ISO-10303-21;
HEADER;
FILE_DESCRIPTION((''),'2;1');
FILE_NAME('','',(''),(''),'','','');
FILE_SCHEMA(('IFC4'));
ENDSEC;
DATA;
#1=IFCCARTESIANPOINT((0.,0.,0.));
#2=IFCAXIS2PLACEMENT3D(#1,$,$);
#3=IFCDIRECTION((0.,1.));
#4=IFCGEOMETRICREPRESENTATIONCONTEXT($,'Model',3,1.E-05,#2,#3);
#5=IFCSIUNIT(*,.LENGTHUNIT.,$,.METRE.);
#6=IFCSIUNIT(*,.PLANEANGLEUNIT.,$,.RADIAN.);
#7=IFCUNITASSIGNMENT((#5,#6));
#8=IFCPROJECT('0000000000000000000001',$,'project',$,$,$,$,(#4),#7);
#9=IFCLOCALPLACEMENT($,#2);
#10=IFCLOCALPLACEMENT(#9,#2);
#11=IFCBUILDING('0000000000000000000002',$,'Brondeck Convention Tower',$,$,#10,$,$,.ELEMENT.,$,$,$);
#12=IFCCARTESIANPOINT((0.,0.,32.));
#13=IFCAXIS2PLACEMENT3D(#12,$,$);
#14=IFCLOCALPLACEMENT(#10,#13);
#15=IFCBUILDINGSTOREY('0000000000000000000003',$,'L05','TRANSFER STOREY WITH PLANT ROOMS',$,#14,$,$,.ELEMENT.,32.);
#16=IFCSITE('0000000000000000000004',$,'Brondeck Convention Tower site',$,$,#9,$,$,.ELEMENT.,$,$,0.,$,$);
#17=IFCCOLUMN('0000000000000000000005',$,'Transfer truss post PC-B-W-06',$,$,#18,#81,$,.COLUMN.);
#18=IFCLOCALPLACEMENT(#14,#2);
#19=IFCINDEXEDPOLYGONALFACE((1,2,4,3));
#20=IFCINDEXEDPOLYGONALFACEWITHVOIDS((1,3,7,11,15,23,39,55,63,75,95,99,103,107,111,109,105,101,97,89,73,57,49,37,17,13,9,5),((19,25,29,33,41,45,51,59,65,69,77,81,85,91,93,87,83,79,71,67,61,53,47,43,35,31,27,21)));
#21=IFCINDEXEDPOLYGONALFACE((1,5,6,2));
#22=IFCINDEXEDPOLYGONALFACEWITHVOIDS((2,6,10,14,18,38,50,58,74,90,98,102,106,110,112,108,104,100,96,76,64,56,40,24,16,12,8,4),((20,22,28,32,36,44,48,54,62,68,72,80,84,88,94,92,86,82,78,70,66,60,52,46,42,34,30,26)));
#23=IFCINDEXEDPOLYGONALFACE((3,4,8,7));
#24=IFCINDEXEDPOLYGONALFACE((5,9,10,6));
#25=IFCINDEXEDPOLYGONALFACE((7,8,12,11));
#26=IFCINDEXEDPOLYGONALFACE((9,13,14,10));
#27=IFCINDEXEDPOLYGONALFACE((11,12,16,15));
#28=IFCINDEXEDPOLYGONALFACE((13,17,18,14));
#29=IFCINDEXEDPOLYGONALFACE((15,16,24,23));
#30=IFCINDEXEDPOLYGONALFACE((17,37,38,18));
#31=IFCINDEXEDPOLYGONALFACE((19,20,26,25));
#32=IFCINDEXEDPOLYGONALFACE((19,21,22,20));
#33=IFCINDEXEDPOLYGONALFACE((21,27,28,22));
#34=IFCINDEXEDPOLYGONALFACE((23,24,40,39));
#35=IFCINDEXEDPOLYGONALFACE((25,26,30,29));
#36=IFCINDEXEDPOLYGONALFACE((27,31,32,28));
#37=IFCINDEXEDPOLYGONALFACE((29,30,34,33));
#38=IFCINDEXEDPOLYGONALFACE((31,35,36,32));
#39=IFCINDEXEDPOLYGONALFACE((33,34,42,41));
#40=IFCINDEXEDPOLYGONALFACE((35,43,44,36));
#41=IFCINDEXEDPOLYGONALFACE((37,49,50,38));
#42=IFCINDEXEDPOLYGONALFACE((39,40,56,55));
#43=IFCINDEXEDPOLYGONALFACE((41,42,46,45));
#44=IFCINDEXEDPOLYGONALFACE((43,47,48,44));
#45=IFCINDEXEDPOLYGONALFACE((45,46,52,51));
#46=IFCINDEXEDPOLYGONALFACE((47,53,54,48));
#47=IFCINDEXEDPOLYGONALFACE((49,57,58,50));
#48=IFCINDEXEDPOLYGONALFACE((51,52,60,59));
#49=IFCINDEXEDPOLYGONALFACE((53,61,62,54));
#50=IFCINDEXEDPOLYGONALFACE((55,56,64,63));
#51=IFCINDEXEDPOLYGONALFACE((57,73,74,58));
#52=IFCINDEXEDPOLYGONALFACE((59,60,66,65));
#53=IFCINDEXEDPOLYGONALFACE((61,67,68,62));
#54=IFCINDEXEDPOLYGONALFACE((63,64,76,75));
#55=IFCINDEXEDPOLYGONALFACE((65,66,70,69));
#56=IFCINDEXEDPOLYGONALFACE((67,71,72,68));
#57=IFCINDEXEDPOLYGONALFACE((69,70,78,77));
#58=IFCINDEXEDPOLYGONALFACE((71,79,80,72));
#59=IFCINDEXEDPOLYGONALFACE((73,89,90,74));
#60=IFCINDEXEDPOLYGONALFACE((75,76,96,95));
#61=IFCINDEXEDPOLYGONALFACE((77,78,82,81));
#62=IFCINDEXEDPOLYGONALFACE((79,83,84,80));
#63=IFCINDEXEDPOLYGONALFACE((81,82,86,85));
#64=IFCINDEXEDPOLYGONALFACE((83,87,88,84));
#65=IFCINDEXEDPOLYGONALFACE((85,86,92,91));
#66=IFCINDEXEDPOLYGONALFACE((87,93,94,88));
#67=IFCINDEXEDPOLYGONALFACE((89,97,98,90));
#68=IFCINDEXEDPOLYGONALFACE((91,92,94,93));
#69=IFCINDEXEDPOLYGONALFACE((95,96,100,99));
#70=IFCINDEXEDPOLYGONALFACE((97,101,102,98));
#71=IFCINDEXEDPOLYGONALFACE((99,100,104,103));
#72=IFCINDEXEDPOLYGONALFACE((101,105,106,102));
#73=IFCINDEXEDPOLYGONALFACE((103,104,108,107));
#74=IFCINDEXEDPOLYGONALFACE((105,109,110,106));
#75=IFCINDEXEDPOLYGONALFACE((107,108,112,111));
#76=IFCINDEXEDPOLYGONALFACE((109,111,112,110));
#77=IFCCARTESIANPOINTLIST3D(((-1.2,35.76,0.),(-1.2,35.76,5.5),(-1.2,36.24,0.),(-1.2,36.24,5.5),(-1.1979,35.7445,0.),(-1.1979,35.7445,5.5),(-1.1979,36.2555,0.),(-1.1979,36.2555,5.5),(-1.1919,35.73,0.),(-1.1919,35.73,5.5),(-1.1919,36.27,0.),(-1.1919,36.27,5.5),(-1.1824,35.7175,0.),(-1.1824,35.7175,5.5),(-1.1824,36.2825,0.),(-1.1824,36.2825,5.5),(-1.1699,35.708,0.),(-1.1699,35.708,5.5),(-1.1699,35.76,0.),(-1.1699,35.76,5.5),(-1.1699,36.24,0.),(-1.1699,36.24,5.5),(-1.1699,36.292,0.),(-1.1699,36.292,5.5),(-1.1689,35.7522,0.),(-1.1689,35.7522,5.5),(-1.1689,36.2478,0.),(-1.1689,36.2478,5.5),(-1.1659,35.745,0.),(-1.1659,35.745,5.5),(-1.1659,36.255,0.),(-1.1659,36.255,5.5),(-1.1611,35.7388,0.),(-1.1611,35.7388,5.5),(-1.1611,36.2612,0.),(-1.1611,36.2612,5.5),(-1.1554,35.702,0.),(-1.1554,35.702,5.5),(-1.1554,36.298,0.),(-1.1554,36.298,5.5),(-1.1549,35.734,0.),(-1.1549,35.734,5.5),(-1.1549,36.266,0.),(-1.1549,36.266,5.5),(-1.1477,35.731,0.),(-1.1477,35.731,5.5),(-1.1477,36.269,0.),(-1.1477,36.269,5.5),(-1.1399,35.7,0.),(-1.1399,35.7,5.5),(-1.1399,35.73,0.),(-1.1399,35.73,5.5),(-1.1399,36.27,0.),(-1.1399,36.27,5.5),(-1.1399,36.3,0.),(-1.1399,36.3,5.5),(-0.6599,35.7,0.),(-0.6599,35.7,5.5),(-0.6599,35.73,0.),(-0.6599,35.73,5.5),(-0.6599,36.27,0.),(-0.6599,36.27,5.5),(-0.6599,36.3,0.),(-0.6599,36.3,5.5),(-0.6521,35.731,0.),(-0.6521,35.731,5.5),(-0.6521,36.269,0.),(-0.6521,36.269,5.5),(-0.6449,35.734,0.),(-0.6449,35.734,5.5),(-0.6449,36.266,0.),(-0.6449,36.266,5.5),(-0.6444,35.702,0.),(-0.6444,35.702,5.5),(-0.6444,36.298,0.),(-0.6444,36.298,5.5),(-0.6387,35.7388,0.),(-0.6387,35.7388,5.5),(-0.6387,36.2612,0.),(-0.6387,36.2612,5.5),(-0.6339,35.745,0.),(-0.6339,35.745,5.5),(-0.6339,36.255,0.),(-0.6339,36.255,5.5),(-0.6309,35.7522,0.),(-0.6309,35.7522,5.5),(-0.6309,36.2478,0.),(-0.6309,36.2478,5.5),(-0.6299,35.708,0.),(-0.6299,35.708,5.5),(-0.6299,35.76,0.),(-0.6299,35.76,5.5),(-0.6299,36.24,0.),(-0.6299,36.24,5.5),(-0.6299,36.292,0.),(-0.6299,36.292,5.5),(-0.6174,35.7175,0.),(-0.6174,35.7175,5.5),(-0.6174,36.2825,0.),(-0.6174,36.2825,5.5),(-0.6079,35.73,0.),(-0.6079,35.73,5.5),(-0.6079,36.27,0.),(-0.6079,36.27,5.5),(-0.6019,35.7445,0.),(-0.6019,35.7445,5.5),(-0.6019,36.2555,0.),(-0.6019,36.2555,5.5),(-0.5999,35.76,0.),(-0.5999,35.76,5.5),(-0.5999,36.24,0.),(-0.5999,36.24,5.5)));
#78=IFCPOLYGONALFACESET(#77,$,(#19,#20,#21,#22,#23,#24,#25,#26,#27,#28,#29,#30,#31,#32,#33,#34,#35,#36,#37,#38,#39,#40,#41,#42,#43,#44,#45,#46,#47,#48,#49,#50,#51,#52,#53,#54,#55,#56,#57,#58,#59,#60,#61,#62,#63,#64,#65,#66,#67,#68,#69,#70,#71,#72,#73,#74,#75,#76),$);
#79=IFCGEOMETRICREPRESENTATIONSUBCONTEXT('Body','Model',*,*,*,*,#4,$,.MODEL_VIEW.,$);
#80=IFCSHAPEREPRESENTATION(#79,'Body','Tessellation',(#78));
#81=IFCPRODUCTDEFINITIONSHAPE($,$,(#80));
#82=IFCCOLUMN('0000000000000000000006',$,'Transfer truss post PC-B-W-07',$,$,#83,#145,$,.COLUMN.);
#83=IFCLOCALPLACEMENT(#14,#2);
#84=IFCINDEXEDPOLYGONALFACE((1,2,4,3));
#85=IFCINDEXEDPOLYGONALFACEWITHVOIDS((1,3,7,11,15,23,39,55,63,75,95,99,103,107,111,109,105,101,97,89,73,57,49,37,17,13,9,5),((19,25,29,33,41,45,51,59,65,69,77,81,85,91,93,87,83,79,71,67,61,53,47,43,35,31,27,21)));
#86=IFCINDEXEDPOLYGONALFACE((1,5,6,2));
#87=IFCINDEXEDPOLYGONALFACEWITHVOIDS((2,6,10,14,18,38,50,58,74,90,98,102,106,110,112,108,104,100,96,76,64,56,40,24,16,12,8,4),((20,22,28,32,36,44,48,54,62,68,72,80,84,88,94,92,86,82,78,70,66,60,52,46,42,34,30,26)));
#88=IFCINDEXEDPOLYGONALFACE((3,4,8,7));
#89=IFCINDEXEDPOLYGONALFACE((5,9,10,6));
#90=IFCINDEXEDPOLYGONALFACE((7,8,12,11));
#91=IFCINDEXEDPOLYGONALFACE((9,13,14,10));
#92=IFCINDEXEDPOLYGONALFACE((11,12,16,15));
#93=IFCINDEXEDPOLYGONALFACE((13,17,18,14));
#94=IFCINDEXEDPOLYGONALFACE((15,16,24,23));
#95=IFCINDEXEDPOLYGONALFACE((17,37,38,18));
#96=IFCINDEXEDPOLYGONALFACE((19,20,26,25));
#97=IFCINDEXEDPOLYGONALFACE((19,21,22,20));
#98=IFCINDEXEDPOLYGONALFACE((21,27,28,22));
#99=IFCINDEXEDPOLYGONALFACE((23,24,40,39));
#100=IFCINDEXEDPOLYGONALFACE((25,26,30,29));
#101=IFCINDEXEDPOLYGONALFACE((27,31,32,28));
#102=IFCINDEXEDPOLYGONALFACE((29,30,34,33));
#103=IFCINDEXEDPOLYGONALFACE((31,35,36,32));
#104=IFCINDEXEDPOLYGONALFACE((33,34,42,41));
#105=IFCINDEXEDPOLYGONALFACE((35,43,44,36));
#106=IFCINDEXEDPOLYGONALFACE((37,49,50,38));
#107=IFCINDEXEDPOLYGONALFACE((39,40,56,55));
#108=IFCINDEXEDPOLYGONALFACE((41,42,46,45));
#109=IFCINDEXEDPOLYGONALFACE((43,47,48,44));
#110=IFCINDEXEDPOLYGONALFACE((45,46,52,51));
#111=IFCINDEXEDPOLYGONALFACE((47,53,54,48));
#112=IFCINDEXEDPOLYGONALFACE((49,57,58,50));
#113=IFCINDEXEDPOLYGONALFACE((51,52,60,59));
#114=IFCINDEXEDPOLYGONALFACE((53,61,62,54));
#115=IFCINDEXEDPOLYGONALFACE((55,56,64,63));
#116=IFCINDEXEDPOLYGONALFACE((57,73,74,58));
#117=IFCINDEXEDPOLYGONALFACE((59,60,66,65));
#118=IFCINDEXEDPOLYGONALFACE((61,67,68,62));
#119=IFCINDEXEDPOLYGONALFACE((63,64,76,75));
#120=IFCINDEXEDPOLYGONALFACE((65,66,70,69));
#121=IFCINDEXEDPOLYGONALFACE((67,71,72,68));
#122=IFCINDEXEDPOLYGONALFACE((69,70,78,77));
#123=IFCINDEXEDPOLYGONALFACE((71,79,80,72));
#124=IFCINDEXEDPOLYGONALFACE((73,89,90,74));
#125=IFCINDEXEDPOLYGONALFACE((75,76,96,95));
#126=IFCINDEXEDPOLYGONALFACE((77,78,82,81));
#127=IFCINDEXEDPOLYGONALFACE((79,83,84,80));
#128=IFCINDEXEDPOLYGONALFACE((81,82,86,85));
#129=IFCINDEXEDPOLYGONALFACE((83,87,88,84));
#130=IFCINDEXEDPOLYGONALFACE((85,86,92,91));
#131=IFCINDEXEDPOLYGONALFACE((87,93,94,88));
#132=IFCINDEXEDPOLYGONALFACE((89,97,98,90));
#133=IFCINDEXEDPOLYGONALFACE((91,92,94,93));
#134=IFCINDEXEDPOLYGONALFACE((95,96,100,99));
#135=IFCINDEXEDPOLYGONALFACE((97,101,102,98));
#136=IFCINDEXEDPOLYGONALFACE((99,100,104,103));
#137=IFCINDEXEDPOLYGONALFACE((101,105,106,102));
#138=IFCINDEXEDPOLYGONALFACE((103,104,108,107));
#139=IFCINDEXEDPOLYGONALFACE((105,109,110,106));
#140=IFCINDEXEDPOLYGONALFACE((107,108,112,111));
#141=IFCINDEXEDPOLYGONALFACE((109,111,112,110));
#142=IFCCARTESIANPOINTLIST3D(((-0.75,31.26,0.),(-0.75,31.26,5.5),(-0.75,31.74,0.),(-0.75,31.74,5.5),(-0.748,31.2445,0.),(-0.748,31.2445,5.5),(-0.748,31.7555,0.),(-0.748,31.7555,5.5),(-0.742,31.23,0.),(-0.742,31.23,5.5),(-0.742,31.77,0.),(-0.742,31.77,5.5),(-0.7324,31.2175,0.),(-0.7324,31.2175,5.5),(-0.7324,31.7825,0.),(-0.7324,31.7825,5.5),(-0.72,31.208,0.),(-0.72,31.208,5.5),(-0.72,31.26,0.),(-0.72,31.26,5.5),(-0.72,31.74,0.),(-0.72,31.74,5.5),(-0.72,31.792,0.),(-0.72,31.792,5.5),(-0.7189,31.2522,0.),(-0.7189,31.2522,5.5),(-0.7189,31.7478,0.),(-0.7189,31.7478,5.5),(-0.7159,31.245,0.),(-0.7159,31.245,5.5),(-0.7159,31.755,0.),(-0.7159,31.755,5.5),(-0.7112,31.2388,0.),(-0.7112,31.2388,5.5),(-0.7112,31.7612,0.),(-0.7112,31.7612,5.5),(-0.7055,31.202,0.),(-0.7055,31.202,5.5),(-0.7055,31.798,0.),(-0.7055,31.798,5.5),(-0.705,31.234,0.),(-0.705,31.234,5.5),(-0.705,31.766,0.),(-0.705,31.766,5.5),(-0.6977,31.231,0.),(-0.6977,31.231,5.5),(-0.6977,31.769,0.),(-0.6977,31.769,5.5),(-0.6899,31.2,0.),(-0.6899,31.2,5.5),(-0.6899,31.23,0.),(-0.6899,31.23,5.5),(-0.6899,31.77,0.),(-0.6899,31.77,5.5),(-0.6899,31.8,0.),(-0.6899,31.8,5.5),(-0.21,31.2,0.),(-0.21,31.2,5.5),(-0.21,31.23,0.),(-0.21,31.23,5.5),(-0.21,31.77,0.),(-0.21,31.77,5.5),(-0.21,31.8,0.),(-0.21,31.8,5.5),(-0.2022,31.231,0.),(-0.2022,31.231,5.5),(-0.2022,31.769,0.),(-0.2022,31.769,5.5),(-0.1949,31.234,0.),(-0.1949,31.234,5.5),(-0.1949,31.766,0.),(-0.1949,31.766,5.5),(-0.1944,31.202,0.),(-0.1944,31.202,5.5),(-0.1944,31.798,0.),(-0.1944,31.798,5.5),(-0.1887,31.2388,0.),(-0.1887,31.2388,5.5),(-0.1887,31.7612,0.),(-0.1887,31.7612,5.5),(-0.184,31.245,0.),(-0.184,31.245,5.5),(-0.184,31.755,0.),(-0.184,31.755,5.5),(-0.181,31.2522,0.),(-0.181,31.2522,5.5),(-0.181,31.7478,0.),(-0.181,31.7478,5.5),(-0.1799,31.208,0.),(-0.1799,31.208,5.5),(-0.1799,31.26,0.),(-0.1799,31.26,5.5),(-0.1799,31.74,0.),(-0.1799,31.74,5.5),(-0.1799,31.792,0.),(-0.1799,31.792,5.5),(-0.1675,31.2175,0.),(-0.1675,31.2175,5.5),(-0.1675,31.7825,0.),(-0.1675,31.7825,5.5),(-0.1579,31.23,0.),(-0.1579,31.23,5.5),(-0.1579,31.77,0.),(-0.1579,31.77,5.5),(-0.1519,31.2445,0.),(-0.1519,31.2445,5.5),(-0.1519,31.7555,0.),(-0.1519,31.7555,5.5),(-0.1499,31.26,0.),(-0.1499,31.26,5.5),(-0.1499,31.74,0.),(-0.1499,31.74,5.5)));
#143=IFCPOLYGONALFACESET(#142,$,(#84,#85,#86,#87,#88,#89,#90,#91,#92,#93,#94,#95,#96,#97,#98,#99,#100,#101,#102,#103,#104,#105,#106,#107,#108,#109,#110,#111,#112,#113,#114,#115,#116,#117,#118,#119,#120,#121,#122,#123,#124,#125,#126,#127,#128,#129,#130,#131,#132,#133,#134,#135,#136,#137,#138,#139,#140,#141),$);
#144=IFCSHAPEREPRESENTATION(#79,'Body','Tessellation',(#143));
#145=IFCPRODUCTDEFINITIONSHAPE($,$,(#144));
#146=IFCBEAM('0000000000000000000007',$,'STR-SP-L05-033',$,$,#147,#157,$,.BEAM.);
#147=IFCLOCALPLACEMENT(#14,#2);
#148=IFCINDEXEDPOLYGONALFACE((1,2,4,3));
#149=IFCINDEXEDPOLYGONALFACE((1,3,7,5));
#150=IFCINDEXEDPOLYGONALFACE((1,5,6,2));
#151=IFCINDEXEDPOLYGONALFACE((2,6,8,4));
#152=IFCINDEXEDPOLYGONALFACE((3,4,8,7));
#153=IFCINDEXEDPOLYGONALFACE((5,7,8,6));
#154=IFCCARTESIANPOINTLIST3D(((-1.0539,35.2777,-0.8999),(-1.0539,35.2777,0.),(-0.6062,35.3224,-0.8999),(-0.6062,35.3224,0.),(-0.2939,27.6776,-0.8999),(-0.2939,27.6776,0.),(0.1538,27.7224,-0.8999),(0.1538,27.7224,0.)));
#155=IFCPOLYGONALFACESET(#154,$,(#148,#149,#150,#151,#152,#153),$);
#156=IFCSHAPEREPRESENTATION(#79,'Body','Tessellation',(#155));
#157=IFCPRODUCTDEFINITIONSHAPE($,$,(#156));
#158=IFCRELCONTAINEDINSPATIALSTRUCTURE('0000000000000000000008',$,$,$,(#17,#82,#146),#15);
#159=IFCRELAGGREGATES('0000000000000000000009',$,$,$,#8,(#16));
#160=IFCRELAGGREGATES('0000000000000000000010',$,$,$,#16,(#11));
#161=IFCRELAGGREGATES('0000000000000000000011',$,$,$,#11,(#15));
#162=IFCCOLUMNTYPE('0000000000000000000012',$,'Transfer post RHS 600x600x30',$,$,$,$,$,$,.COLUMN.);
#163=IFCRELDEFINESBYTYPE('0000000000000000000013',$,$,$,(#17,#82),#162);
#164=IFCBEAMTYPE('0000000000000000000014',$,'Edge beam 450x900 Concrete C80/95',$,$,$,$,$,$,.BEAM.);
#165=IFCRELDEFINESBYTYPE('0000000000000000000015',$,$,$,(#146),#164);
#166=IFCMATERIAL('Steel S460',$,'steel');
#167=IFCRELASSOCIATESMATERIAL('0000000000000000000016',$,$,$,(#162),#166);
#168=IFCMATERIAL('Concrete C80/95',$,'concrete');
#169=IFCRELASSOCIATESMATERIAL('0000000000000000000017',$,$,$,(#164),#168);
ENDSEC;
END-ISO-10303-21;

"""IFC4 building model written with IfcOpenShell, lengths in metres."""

from ifc_helpers import new_model, si_unit, direction, frame, origin, origin_2d, place, context, subcontext, project, spatial, rectangle, hollow_rectangle, extrude, material, material_profile, profile_set, type_object, element, save


model = new_model("IFC4")

# Units and contexts
model_context = context("Model", 3, precision=1e-05, world=origin(), true_north=direction((0.0, 1.0)))
body_context = subcontext(model_context, "Body", "Model", "MODEL_VIEW")
ifc_project = project(units=[si_unit("LENGTHUNIT", "METRE"), si_unit("PLANEANGLEUNIT", "RADIAN")], contexts=[model_context])

# Site, building, storey
site_placement = place(None, origin())
site = spatial("IfcSite", under=ifc_project, at=site_placement, Name="Brondeck Convention Tower site", CompositionType="ELEMENT", RefElevation=0.0)
building_placement = place(site_placement, origin())
building = spatial("IfcBuilding", under=site, at=building_placement, Name="Brondeck Convention Tower", CompositionType="ELEMENT")
storey_placement = place(building_placement, frame((0.0, 0.0, 32.0)))
storey = spatial("IfcBuildingStorey", under=building, at=storey_placement, Name="L05", Description="TRANSFER STOREY WITH PLANT ROOMS", CompositionType="ELEMENT", Elevation=32.0)

# Columns
ifc_material_1 = material(Name="Steel S460", Category="steel")
ifc_material_profile_1 = material_profile(ifc_material_1, hollow_rectangle(XDim=0.6001, YDim=0.6001, WallThickness=0.03, InnerFilletRadius=0.03, OuterFilletRadius=0.0601, at=origin_2d()), Name="RHS 600x600x30")
ifc_profile_set_1 = profile_set([ifc_material_profile_1], Name="Steel S460")
column_type = type_object("IfcColumnType", Name="Transfer post RHS 600x600x30", PredefinedType="COLUMN", material=ifc_profile_set_1)
for number, where, z_axis, x_axis, name in (
    (1, (-0.8999, 36.0, 0.0), (0.0, 0.0, 1.0), (1.0, 0.0, 0.0), "Transfer truss post PC-B-W-06"),
    (2, (-0.45, 31.5, 0.0), (0.0, 0.0, 1.0), (1.0, 0.0, 0.0), "Transfer truss post PC-B-W-07"),
):
    element("IfcColumn", number, at=place(storey_placement, frame(where, z_axis=z_axis, x_axis=x_axis)), inside=storey, type_object=column_type, Name=name, PredefinedType="COLUMN", context=body_context, shape_type="SweptSolid", body=[
        extrude(hollow_rectangle(XDim=0.6001, YDim=0.6001, WallThickness=0.03, InnerFilletRadius=0.03, OuterFilletRadius=0.0601, at=origin_2d()), origin(), (0.0, 0.0, 1.0), 5.5),
    ])

# Beam
ifc_material_2 = material(Name="Concrete C80/95", Category="concrete")
ifc_material_profile_2 = material_profile(ifc_material_2, rectangle(XDim=0.45, YDim=0.8999, at=origin_2d()), Name="Edge beam 450x900 Concrete C80/95")
ifc_profile_set_2 = profile_set([ifc_material_profile_2], Name="Concrete C80/95")
beam_type = type_object("IfcBeamType", Name="Edge beam 450x900 Concrete C80/95", PredefinedType="BEAM", material=ifc_profile_set_2)
beam_placement = place(storey_placement, frame((-0.8301, 35.3, -0.45), z_axis=(0.099504, -0.995037, 0.0), x_axis=(0.995037, 0.099504, 0.0)))
element("IfcBeam", 3, at=beam_placement, inside=storey, type_object=beam_type, Name="STR-SP-L05-033", PredefinedType="BEAM", context=body_context, shape_type="SweptSolid", body=[
    extrude(rectangle(XDim=0.45, YDim=0.8999, at=origin_2d()), origin(), (0.0, 0.0, 1.0), 7.6379),
])

save(model, "model.ifc")
